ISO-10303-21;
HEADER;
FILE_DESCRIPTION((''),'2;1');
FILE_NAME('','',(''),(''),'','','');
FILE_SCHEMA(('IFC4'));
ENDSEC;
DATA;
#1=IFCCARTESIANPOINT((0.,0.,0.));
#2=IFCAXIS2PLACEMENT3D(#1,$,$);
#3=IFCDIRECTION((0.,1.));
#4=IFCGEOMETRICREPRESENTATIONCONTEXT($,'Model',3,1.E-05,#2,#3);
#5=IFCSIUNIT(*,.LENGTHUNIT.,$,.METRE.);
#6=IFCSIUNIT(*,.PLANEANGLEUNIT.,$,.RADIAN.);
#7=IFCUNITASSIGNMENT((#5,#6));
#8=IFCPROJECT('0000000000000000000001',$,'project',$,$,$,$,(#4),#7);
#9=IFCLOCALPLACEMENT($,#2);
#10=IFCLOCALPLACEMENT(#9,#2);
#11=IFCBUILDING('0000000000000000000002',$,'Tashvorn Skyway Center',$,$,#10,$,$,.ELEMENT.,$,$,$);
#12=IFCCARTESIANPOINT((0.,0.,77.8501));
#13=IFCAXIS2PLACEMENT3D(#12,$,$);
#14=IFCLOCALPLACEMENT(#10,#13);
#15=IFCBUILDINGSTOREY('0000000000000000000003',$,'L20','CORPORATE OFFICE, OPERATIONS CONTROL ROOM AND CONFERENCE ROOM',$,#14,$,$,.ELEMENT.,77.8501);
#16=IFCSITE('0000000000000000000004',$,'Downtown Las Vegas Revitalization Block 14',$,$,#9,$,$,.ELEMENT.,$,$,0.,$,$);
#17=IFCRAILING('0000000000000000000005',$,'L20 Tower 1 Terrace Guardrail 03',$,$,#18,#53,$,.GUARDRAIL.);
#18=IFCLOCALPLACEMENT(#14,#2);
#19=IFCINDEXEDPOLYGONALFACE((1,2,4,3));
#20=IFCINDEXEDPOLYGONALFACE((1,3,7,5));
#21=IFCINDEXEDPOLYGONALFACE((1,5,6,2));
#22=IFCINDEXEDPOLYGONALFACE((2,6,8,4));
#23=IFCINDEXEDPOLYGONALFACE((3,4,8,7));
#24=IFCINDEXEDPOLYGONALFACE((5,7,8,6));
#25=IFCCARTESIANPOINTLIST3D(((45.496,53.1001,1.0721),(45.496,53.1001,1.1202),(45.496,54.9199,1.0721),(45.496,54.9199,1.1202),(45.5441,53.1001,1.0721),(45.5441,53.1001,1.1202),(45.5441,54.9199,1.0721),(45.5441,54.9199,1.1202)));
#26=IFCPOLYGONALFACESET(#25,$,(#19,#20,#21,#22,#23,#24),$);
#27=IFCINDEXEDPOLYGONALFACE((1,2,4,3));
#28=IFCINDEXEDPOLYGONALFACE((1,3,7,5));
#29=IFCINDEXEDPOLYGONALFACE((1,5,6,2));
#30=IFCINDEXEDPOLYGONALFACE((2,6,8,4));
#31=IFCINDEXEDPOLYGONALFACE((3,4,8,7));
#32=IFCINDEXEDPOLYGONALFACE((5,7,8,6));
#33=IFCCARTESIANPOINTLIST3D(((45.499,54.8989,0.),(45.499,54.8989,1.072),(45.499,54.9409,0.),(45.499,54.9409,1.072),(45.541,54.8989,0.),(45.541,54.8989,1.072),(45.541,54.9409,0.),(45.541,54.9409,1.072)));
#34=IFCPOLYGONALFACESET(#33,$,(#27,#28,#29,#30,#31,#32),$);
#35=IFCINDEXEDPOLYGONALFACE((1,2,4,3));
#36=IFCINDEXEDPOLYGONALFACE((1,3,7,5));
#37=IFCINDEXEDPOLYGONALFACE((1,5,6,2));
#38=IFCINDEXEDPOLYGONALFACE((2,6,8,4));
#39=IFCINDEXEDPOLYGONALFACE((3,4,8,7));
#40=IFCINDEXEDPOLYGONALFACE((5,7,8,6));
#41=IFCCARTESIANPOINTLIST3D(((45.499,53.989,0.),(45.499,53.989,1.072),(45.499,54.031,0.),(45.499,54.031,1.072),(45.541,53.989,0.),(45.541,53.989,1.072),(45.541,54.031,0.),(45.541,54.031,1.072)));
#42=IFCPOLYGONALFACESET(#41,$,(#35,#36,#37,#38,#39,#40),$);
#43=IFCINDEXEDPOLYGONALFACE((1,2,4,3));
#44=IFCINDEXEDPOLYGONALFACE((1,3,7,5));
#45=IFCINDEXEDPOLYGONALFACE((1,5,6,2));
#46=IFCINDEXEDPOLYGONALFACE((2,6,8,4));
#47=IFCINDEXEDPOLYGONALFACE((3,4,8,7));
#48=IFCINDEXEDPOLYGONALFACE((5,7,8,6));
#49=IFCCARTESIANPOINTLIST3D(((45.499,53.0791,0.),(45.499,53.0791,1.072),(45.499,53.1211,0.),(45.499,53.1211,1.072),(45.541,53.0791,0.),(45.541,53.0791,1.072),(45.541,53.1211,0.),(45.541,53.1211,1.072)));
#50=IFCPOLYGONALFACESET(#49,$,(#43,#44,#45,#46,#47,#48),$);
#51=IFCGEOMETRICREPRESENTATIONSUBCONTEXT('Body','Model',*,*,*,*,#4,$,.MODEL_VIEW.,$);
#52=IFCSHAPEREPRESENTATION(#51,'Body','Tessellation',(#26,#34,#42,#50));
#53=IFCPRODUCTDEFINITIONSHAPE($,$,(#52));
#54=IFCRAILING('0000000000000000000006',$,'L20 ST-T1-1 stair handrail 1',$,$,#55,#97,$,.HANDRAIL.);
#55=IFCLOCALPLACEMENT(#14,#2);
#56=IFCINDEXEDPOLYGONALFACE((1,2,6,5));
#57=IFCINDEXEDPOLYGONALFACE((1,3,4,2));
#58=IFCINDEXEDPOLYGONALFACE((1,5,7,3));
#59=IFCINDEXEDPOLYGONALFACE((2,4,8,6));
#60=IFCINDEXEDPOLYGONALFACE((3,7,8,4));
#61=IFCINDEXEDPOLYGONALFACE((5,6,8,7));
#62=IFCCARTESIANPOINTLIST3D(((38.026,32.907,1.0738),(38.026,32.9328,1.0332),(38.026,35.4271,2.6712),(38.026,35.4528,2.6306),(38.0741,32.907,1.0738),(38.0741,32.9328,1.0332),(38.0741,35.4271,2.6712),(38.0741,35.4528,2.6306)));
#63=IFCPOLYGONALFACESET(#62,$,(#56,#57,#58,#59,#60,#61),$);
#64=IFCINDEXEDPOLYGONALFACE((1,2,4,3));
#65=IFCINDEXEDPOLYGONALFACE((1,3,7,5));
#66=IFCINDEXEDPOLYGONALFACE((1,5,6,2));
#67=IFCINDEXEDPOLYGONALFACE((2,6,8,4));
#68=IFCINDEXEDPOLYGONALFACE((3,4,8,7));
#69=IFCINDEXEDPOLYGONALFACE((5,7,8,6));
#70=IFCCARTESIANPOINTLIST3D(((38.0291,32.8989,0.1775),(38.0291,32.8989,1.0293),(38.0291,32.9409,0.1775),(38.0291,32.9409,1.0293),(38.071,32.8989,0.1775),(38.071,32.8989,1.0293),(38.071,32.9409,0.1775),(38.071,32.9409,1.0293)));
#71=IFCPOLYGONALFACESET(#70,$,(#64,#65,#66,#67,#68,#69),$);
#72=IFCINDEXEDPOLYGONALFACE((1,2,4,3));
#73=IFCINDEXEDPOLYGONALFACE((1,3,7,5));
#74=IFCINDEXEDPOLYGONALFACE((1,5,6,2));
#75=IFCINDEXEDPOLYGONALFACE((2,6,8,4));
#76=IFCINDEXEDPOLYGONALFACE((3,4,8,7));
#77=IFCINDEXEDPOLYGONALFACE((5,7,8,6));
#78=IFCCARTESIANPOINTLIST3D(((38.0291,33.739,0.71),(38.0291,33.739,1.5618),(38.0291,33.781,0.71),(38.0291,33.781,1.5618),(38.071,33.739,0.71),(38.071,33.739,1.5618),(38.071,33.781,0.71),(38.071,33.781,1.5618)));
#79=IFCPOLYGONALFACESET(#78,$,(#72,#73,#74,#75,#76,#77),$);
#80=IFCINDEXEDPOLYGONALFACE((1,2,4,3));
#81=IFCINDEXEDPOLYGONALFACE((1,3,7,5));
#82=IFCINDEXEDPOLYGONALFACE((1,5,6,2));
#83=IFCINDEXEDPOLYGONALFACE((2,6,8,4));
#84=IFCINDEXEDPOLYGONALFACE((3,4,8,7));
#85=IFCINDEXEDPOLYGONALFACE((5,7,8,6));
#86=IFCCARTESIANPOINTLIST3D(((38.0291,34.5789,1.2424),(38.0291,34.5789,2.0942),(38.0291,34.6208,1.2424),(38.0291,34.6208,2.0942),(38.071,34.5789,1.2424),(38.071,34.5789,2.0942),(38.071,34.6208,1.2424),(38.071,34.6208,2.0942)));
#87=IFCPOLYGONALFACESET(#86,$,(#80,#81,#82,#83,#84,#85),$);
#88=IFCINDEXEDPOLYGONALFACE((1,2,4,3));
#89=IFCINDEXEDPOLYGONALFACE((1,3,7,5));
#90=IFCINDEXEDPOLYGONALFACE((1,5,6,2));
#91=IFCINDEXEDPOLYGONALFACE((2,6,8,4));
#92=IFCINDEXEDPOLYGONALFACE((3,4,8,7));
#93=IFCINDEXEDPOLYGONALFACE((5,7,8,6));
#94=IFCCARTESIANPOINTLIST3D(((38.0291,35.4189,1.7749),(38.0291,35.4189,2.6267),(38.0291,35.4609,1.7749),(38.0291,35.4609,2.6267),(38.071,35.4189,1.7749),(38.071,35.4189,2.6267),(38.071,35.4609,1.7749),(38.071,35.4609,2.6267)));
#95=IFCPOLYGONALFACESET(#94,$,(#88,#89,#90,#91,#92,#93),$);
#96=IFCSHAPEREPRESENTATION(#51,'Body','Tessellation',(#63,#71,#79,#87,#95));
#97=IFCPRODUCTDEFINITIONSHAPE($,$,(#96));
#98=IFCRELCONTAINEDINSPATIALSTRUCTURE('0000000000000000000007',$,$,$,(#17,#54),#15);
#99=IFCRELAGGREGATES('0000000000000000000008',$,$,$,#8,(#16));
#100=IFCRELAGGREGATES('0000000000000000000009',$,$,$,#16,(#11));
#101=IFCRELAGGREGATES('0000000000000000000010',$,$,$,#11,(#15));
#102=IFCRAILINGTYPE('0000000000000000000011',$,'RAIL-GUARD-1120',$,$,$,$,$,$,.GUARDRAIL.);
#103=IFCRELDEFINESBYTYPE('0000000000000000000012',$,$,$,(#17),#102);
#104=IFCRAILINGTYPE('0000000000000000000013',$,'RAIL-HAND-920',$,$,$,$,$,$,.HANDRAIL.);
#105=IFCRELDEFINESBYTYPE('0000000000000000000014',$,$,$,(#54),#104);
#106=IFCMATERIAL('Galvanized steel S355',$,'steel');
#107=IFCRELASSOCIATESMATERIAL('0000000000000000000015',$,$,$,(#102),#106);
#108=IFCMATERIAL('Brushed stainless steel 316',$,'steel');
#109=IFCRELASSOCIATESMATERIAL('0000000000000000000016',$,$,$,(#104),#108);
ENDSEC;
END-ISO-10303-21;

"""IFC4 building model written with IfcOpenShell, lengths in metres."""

from ifc_helpers import new_model, si_unit, direction, frame, origin, origin_2d, place, context, subcontext, project, spatial, rectangle, extrude, material, type_object, element, save


model = new_model("IFC4")

# Units and contexts
model_context = context("Model", 3, precision=1e-05, world=origin(), true_north=direction((0.0, 1.0)))
body_context = subcontext(model_context, "Body", "Model", "MODEL_VIEW")
ifc_project = project(units=[si_unit("LENGTHUNIT", "METRE"), si_unit("PLANEANGLEUNIT", "RADIAN")], contexts=[model_context])

# Site, building, storey
site_placement = place(None, origin())
site = spatial("IfcSite", under=ifc_project, at=site_placement, Name="Downtown Las Vegas Revitalization Block 14", CompositionType="ELEMENT", RefElevation=0.0)
building_placement = place(site_placement, origin())
building = spatial("IfcBuilding", under=site, at=building_placement, Name="Tashvorn Skyway Center", CompositionType="ELEMENT")
storey_placement = place(building_placement, frame((0.0, 0.0, 77.8501)))
storey = spatial("IfcBuildingStorey", under=building, at=storey_placement, Name="L20", Description="CORPORATE OFFICE, OPERATIONS CONTROL ROOM AND CONFERENCE ROOM", CompositionType="ELEMENT", Elevation=77.8501)

# Railings
ifc_material_1 = material(Name="Galvanized steel S355", Category="steel")
railing_type_1 = type_object("IfcRailingType", Name="RAIL-GUARD-1120", PredefinedType="GUARDRAIL", material=ifc_material_1)
railing_1_placement = place(storey_placement, frame((45.52, 54.9199, 0.0)))
element("IfcRailing", 1, at=railing_1_placement, inside=storey, type_object=railing_type_1, Name="L20 Tower 1 Terrace Guardrail 03", PredefinedType="GUARDRAIL", context=body_context, shape_type="SweptSolid", body=[
    extrude(rectangle(XDim=0.0481, YDim=0.0481, at=origin_2d()), frame((0.0, 0.0, 1.0962), z_axis=(0.0, -1.0, 0.0), x_axis=(1.0, 0.0, 0.0)), (0.0, 0.0, 1.0), 1.8198),
    extrude(rectangle(XDim=0.042, YDim=0.042, at=origin_2d()), origin(), (0.0, 0.0, 1.0), 1.072),
    extrude(rectangle(XDim=0.042, YDim=0.042, at=origin_2d()), frame((0.0, -0.9099, 0.0)), (0.0, 0.0, 1.0), 1.072),
    extrude(rectangle(XDim=0.042, YDim=0.042, at=origin_2d()), frame((0.0, -1.8198, 0.0)), (0.0, 0.0, 1.0), 1.072),
])
ifc_material_2 = material(Name="Brushed stainless steel 316", Category="steel")
railing_type_2 = type_object("IfcRailingType", Name="RAIL-HAND-920", PredefinedType="HANDRAIL", material=ifc_material_2)
railing_2_placement = place(storey_placement, frame((38.05, 32.9199, 0.1775)))
element("IfcRailing", 2, at=railing_2_placement, inside=storey, type_object=railing_type_2, Name="L20 ST-T1-1 stair handrail 1", PredefinedType="HANDRAIL", context=body_context, shape_type="SweptSolid", body=[
    extrude(rectangle(XDim=0.0481, YDim=0.0481, at=origin_2d()), frame((0.0, 0.0, 0.876), z_axis=(0.0, 0.844607, 0.535387), x_axis=(-1.0, 0.0, 0.0)), (0.0, 0.0, 1.0), 2.9836),
    extrude(rectangle(XDim=0.042, YDim=0.042, at=origin_2d()), origin(), (0.0, 0.0, 1.0), 0.8518),
    extrude(rectangle(XDim=0.042, YDim=0.042, at=origin_2d()), frame((0.0, 0.8401, 0.5325)), (0.0, 0.0, 1.0), 0.8518),
    extrude(rectangle(XDim=0.042, YDim=0.042, at=origin_2d()), frame((0.0, 1.6799, 1.0649)), (0.0, 0.0, 1.0), 0.8518),
    extrude(rectangle(XDim=0.042, YDim=0.042, at=origin_2d()), frame((0.0, 2.52, 1.5974)), (0.0, 0.0, 1.0), 0.8518),
])

save(model, "model.ifc")
